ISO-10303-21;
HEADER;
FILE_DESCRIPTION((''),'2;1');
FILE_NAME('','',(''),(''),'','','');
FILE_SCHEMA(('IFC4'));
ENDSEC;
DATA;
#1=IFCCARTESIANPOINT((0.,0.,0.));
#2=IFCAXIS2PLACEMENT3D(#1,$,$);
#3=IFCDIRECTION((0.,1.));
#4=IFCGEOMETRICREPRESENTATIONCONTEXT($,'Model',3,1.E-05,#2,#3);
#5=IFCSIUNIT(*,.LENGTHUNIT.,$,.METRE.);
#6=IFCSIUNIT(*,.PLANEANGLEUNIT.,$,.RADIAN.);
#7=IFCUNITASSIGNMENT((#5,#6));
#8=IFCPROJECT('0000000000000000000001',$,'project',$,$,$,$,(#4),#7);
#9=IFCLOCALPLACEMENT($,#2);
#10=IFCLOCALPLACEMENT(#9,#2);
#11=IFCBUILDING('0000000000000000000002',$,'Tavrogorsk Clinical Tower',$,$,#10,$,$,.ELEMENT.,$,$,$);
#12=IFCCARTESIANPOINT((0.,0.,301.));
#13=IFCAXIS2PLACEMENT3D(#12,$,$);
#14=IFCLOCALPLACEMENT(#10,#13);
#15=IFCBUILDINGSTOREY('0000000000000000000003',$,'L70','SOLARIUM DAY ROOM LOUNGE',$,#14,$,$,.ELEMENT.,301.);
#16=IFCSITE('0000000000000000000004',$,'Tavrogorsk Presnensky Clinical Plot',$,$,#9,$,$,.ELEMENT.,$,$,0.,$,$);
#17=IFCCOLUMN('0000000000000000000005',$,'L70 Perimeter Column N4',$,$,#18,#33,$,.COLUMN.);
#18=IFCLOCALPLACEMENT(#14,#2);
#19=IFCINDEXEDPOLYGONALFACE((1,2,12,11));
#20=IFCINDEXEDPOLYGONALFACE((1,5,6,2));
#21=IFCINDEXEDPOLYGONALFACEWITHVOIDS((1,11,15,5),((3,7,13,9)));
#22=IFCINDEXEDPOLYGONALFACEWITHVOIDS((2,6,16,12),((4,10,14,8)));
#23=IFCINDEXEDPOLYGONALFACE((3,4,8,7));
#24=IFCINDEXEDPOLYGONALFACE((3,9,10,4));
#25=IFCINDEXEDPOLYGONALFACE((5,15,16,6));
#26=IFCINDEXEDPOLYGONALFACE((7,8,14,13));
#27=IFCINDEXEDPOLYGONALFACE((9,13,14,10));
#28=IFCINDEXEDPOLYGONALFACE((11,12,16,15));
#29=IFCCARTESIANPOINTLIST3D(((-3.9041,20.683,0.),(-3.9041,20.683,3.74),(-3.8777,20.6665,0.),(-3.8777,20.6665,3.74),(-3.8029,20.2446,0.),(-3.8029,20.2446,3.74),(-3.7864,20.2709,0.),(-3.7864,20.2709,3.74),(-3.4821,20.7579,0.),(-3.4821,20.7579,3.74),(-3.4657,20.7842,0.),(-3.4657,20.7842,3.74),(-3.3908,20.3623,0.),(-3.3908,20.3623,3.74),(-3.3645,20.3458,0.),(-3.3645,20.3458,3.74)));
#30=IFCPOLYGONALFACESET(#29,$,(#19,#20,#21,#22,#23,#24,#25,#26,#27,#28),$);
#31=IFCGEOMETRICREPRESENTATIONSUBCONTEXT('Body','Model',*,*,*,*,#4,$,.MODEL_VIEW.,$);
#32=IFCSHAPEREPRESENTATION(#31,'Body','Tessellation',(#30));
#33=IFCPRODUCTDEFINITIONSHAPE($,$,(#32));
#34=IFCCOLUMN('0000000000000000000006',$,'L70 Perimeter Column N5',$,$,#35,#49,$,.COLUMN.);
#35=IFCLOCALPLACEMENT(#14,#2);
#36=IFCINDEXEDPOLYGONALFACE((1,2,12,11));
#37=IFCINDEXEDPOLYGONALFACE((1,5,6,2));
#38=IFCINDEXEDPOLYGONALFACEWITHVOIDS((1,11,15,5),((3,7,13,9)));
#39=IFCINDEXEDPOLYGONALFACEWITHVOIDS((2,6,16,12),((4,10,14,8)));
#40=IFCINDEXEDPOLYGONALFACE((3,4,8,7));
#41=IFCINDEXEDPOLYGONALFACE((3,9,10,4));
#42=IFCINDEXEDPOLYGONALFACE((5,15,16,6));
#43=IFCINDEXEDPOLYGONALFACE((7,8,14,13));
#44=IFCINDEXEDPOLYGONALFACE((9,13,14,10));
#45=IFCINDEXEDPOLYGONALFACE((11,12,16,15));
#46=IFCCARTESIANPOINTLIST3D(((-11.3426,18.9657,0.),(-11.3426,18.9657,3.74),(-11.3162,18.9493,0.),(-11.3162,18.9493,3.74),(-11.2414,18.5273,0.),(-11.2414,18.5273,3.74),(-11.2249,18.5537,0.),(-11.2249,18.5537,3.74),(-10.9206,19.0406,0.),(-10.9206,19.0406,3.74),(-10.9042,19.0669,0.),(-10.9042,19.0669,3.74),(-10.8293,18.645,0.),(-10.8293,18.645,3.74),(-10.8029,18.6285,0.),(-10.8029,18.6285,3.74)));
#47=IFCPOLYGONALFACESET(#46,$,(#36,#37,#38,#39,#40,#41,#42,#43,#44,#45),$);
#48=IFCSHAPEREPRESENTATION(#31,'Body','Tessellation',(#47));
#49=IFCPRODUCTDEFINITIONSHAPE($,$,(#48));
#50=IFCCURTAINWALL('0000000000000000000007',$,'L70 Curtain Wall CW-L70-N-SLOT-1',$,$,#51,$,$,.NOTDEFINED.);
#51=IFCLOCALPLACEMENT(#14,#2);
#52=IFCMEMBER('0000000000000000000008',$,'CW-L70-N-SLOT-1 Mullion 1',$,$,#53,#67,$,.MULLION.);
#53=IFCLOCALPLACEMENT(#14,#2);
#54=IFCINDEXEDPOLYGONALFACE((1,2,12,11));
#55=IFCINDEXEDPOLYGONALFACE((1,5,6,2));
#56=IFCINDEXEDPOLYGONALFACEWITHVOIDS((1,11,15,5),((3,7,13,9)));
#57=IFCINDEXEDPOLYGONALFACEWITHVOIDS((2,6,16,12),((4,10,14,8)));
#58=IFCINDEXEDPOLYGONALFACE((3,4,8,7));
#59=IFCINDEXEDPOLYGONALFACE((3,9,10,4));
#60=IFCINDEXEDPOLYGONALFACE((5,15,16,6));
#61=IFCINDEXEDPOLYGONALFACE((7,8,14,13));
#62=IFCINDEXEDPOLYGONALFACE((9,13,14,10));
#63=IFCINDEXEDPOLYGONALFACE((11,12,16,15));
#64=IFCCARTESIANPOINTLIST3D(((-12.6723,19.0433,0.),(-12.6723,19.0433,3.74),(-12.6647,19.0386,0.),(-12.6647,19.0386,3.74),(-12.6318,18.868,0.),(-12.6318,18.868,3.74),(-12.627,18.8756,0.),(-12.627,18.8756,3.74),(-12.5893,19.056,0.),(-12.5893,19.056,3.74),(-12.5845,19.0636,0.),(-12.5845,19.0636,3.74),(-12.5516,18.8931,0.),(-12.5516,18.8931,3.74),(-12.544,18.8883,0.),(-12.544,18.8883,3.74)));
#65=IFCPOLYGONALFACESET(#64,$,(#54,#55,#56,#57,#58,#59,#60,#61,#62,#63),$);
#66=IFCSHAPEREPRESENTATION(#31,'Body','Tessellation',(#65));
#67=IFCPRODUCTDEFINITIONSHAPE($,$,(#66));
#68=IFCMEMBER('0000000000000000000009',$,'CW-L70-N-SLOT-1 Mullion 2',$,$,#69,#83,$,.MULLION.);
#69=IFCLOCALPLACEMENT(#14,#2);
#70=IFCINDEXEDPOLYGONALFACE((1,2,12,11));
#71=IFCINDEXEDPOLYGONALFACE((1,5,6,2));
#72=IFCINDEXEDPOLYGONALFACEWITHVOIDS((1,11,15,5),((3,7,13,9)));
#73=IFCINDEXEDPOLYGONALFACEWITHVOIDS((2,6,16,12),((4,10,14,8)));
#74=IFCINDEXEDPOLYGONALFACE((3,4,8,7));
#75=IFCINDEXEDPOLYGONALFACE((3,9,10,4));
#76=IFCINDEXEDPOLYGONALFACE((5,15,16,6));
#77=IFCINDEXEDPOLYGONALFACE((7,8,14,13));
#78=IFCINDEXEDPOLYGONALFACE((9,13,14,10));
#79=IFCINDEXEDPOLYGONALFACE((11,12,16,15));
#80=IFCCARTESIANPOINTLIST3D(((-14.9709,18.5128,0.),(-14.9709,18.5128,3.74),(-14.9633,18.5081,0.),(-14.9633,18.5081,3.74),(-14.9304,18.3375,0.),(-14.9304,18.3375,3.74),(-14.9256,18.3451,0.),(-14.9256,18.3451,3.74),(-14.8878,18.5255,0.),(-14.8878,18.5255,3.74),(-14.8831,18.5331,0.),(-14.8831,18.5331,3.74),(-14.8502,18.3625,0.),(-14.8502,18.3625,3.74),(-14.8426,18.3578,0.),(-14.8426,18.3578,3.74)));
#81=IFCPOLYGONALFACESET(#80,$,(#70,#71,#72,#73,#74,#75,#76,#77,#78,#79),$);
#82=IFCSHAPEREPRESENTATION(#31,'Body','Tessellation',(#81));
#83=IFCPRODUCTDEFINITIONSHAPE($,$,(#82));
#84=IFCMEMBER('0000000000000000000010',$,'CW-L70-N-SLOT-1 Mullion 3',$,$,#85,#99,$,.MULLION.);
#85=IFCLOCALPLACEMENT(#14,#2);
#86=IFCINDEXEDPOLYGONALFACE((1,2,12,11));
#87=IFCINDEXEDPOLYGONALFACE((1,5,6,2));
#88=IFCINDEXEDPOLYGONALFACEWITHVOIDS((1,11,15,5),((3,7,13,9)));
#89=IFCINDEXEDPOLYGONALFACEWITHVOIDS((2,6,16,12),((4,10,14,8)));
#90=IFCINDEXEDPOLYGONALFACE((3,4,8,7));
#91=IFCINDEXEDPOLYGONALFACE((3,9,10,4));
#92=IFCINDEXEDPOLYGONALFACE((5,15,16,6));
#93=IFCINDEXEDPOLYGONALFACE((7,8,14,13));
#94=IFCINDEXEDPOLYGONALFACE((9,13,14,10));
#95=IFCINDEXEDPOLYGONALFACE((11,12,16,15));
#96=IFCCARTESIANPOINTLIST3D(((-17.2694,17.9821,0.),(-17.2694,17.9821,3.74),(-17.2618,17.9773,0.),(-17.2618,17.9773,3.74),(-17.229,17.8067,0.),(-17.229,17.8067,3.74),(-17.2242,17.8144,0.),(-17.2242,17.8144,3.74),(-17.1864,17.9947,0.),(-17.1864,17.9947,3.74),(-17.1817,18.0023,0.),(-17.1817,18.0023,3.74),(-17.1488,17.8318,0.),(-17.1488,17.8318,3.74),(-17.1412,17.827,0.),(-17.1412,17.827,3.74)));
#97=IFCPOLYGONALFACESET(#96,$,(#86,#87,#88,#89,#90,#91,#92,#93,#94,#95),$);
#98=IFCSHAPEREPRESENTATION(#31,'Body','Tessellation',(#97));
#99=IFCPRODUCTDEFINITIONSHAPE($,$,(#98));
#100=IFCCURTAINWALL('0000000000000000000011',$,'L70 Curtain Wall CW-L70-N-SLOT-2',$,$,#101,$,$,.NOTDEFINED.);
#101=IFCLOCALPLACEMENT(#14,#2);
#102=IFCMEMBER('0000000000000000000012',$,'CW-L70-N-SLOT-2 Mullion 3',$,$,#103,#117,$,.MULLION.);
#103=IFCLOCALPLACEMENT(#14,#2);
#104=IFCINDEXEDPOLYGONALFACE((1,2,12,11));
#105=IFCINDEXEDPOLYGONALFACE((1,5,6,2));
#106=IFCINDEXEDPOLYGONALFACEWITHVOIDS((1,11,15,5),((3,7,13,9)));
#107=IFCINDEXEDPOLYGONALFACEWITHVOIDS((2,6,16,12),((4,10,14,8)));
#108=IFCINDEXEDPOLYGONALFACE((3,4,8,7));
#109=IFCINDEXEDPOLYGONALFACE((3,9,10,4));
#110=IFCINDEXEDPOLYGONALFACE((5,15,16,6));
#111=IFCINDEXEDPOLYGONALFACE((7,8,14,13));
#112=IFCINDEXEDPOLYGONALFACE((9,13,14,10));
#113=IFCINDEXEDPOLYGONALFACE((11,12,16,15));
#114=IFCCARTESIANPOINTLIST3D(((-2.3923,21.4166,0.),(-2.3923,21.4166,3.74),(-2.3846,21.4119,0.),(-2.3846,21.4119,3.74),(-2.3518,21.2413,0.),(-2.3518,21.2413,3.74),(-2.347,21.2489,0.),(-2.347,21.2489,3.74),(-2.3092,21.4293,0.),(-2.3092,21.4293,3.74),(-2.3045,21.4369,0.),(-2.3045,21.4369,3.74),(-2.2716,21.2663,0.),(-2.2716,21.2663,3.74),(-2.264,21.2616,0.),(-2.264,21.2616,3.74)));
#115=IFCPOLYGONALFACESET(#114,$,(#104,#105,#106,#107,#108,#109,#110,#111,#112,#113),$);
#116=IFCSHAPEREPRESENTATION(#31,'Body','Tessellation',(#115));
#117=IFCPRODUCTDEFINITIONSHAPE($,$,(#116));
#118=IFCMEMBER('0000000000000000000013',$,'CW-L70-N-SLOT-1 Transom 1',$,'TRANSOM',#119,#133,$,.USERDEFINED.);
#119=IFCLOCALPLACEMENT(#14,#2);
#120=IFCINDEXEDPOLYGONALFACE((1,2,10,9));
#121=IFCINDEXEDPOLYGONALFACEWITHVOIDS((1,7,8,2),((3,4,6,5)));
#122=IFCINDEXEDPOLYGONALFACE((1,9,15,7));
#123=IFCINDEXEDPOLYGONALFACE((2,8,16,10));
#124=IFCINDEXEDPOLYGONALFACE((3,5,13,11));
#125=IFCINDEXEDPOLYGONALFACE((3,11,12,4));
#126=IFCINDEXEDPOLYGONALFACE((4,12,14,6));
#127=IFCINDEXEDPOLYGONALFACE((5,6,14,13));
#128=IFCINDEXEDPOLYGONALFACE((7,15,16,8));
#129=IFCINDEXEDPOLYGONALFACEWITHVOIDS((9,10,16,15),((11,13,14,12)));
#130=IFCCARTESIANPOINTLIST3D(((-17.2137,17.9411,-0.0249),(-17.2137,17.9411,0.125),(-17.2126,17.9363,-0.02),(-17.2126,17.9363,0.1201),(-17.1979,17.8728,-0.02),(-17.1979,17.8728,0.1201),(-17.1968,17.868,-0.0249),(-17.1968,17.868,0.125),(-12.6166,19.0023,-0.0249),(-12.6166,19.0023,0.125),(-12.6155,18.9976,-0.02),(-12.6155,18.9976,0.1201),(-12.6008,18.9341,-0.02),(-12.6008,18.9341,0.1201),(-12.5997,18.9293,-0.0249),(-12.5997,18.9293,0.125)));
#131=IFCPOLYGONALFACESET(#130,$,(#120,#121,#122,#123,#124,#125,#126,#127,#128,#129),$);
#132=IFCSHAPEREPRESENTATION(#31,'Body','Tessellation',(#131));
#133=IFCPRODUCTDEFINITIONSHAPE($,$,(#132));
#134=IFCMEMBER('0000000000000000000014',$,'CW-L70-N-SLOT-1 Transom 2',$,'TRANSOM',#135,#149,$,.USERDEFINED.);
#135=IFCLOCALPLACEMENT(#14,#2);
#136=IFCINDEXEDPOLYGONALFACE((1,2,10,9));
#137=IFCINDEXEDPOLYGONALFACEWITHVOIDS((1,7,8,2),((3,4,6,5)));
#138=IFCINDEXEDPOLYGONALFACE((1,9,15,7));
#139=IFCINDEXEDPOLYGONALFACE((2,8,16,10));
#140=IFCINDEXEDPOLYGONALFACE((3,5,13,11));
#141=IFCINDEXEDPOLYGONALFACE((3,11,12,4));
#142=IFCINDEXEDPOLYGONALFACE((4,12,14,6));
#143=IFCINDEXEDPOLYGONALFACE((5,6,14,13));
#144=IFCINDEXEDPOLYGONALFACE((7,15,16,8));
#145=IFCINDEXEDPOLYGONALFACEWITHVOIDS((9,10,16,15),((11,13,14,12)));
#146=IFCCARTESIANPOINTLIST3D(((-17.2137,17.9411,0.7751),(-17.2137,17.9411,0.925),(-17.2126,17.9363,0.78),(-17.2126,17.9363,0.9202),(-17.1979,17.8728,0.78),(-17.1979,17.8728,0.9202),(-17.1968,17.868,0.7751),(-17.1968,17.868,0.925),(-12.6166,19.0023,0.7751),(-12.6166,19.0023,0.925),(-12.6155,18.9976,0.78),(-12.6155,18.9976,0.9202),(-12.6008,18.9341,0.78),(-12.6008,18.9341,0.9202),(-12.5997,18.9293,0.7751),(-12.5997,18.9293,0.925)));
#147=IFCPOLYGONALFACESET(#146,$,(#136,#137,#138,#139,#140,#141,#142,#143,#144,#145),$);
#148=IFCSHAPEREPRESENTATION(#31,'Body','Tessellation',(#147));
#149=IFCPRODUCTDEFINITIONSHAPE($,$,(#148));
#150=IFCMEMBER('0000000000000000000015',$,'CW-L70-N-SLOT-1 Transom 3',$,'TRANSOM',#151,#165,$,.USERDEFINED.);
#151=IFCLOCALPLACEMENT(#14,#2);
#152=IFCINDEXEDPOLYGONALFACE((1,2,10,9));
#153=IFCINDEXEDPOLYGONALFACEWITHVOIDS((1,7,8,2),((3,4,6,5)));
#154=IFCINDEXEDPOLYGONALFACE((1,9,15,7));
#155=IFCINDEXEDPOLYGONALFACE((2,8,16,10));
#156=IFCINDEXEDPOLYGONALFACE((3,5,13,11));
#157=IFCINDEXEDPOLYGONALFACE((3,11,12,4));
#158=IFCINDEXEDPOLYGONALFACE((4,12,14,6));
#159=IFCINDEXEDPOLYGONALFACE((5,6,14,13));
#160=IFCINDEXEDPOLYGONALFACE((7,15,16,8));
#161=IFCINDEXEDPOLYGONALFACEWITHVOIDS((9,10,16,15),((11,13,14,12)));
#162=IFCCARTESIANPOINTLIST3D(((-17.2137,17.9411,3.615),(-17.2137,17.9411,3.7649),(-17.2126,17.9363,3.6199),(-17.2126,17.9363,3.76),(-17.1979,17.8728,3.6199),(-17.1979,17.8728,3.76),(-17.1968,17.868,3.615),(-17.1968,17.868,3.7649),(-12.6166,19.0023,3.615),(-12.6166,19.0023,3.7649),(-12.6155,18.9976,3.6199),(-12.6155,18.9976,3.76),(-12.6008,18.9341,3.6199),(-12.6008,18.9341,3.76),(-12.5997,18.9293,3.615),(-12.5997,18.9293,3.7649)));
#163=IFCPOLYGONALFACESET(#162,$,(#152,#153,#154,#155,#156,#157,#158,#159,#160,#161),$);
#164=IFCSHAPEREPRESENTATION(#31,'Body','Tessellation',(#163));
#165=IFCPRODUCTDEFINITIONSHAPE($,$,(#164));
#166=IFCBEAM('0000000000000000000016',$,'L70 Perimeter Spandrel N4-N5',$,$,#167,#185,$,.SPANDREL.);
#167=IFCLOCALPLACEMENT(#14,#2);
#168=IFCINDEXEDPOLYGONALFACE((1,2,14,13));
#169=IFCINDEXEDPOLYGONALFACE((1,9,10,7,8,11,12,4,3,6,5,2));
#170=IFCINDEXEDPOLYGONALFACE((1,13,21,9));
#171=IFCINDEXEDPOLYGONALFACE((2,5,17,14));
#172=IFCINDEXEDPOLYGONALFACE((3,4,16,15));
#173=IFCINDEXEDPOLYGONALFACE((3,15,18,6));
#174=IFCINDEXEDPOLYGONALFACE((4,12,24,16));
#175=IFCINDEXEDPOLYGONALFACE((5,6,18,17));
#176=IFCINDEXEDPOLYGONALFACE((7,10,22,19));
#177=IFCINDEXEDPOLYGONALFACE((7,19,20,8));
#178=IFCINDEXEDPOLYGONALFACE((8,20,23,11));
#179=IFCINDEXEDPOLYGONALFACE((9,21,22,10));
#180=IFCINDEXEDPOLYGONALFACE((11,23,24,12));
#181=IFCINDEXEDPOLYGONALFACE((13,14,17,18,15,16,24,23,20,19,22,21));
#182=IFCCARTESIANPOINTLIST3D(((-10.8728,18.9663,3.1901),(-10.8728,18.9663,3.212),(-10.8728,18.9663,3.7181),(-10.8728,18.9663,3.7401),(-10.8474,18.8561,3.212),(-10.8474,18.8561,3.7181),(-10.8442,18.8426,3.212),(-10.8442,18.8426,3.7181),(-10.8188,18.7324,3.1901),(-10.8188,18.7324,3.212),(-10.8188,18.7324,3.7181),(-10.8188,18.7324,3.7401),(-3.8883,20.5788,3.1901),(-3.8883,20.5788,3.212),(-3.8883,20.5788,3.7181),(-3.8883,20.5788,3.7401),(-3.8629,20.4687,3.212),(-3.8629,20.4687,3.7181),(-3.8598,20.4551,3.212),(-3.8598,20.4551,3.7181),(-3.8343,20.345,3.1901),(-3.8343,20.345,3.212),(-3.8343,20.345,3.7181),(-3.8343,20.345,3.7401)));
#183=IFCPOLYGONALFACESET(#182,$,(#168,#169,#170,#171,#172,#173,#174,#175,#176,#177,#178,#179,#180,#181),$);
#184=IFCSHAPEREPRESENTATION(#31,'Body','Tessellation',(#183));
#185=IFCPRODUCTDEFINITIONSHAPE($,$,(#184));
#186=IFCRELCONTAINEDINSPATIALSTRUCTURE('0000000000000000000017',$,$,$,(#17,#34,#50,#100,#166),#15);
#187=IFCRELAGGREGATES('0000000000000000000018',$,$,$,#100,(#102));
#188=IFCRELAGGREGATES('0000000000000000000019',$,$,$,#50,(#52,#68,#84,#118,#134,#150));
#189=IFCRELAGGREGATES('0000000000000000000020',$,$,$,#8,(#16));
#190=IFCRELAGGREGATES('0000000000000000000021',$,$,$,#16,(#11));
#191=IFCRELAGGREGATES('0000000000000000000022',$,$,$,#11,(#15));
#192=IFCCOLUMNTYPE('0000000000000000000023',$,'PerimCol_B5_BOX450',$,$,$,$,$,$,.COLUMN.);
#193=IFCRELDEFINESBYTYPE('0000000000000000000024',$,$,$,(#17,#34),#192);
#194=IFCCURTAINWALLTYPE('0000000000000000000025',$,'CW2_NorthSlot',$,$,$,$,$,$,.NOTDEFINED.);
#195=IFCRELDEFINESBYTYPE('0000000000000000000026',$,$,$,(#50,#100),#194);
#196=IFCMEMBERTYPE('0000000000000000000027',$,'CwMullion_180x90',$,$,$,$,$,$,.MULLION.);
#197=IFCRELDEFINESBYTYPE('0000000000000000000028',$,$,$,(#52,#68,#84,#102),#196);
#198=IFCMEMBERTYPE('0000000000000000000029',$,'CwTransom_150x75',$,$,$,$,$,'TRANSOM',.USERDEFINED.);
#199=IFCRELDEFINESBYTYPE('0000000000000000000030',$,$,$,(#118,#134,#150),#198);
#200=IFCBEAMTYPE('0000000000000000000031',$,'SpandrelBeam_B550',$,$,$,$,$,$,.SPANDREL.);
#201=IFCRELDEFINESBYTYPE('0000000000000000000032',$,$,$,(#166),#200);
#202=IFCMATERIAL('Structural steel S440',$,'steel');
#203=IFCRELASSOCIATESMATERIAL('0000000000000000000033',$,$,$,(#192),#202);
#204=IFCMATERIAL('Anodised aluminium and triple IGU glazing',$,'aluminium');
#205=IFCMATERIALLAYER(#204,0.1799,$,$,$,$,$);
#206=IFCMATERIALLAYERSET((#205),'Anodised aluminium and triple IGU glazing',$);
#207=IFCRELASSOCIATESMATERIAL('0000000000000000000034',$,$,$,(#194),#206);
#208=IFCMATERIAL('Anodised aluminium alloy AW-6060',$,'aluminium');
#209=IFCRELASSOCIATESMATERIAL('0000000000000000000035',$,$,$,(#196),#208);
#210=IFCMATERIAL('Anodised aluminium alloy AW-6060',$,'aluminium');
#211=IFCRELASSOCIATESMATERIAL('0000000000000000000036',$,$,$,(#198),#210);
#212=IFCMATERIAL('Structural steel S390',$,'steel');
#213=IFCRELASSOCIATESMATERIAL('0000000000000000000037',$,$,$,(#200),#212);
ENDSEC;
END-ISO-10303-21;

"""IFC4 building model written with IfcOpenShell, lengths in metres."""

from ifc_helpers import new_model, si_unit, direction, frame, origin, origin_2d, place, context, subcontext, project, spatial, hollow_rectangle, i_section, extrude, material, layer, layer_set, material_profile, profile_set, type_object, element, aggregate, save


model = new_model("IFC4")

# Units and contexts
model_context = context("Model", 3, precision=1e-05, world=origin(), true_north=direction((0.0, 1.0)))
body_context = subcontext(model_context, "Body", "Model", "MODEL_VIEW")
ifc_project = project(units=[si_unit("LENGTHUNIT", "METRE"), si_unit("PLANEANGLEUNIT", "RADIAN")], contexts=[model_context])

# Site, building, storey
site_placement = place(None, origin())
site = spatial("IfcSite", under=ifc_project, at=site_placement, Name="Tavrogorsk Presnensky Clinical Plot", CompositionType="ELEMENT", RefElevation=0.0)
building_placement = place(site_placement, origin())
building = spatial("IfcBuilding", under=site, at=building_placement, Name="Tavrogorsk Clinical Tower", CompositionType="ELEMENT")
storey_placement = place(building_placement, frame((0.0, 0.0, 301.0)))
storey = spatial("IfcBuildingStorey", under=building, at=storey_placement, Name="L70", Description="SOLARIUM DAY ROOM LOUNGE", CompositionType="ELEMENT", Elevation=301.0)

# Columns
ifc_material_1 = material(Name="Structural steel S440", Category="steel")
ifc_material_profile_1 = material_profile(ifc_material_1, hollow_rectangle(XDim=0.45, YDim=0.45, WallThickness=0.022, at=origin_2d()), Name="BOX-450x450x22")
ifc_profile_set_1 = profile_set([ifc_material_profile_1], Name="Structural steel S440")
column_type = type_object("IfcColumnType", Name="PerimCol_B5_BOX450", PredefinedType="COLUMN", material=ifc_profile_set_1)
for number, where, z_axis, x_axis, name in (
    (1, (-3.6343, 20.5144, 0.0), (0.0, 0.0, 1.0), (0.97437, 0.224951, 0.0), "L70 Perimeter Column N4"),
    (2, (-11.0728, 18.7971, 0.0), (0.0, 0.0, 1.0), (0.97437, 0.224951, 0.0), "L70 Perimeter Column N5"),
):
    element("IfcColumn", number, at=place(storey_placement, frame(where, z_axis=z_axis, x_axis=x_axis)), inside=storey, type_object=column_type, Name=name, PredefinedType="COLUMN", context=body_context, shape_type="SweptSolid", body=[
        extrude(hollow_rectangle(XDim=0.45, YDim=0.45, WallThickness=0.022, at=origin_2d()), origin(), (0.0, 0.0, 1.0), 3.74),
    ])

# Curtain wall, members
ifc_material_2 = material(Name="Anodised aluminium and triple IGU glazing", Category="aluminium")
ifc_layer_1 = layer(ifc_material_2, 0.1799)
ifc_layer_set_1 = layer_set([ifc_layer_1], Name="Anodised aluminium and triple IGU glazing")
curtain_wall_type = type_object("IfcCurtainWallType", Name="CW2_NorthSlot", PredefinedType="NOTDEFINED", material=ifc_layer_set_1)
curtain_wall_1_placement = place(storey_placement, origin())
curtain_wall_1 = element("IfcCurtainWall", 3, at=curtain_wall_1_placement, inside=storey, type_object=curtain_wall_type, Name="L70 Curtain Wall CW-L70-N-SLOT-1", PredefinedType="NOTDEFINED")
ifc_material_3 = material(Name="Anodised aluminium alloy AW-6060", Category="aluminium")
ifc_material_profile_2 = material_profile(ifc_material_3, hollow_rectangle(XDim=0.0901, YDim=0.1799, WallThickness=0.0063, at=origin_2d()), Name="RHS-180x90x6.3")
ifc_profile_set_2 = profile_set([ifc_material_profile_2], Name="Anodised aluminium alloy AW-6060")
member_type_1 = type_object("IfcMemberType", Name="CwMullion_180x90", PredefinedType="MULLION", material=ifc_profile_set_2)
member_1_placement = place(storey_placement, frame((-12.6082, 18.9658, 0.0), z_axis=(0.0, 0.0, 1.0), x_axis=(-0.97437, -0.224951, 0.0)))
member_1 = element("IfcMember", 4, at=member_1_placement, type_object=member_type_1, Name="CW-L70-N-SLOT-1 Mullion 1", PredefinedType="MULLION", context=body_context, shape_type="SweptSolid", body=[
    extrude(hollow_rectangle(XDim=0.0901, YDim=0.1799, WallThickness=0.0063, at=origin_2d()), origin(), (0.0, 0.0, 1.0), 3.74),
])
member_2_placement = place(storey_placement, frame((-14.9067, 18.4353, 0.0), z_axis=(0.0, 0.0, 1.0), x_axis=(-0.97437, -0.224951, 0.0)))
member_2 = element("IfcMember", 5, at=member_2_placement, type_object=member_type_1, Name="CW-L70-N-SLOT-1 Mullion 2", PredefinedType="MULLION", context=body_context, shape_type="SweptSolid", body=[
    extrude(hollow_rectangle(XDim=0.0901, YDim=0.1799, WallThickness=0.0063, at=origin_2d()), origin(), (0.0, 0.0, 1.0), 3.74),
])
member_3_placement = place(storey_placement, frame((-17.2053, 17.9045, 0.0), z_axis=(0.0, 0.0, 1.0), x_axis=(-0.97437, -0.224951, 0.0)))
member_3 = element("IfcMember", 6, at=member_3_placement, type_object=member_type_1, Name="CW-L70-N-SLOT-1 Mullion 3", PredefinedType="MULLION", context=body_context, shape_type="SweptSolid", body=[
    extrude(hollow_rectangle(XDim=0.0901, YDim=0.1799, WallThickness=0.0063, at=origin_2d()), origin(), (0.0, 0.0, 1.0), 3.74),
])

# Curtain wall, member
curtain_wall_2_placement = place(storey_placement, origin())
curtain_wall_2 = element("IfcCurtainWall", 7, at=curtain_wall_2_placement, inside=storey, type_object=curtain_wall_type, Name="L70 Curtain Wall CW-L70-N-SLOT-2", PredefinedType="NOTDEFINED")
member_4_placement = place(storey_placement, frame((-2.3281, 21.3391, 0.0), z_axis=(0.0, 0.0, 1.0), x_axis=(-0.97437, -0.224951, 0.0)))
member_4 = element("IfcMember", 8, at=member_4_placement, type_object=member_type_1, Name="CW-L70-N-SLOT-2 Mullion 3", PredefinedType="MULLION", context=body_context, shape_type="SweptSolid", body=[
    extrude(hollow_rectangle(XDim=0.0901, YDim=0.1799, WallThickness=0.0063, at=origin_2d()), origin(), (0.0, 0.0, 1.0), 3.74),
])
aggregate(curtain_wall_2, [member_4])

# Members
ifc_material_4 = material(Name="Anodised aluminium alloy AW-6060", Category="aluminium")
ifc_material_profile_3 = material_profile(ifc_material_4, hollow_rectangle(XDim=0.075, YDim=0.1499, WallThickness=0.0049, at=origin_2d()), Name="RHS-150x75x5")
ifc_profile_set_3 = profile_set([ifc_material_profile_3], Name="Anodised aluminium alloy AW-6060")
member_type_2 = type_object("IfcMemberType", Name="CwTransom_150x75", ElementType="TRANSOM", PredefinedType="USERDEFINED", material=ifc_profile_set_3)
member_5_placement = place(storey_placement, frame((-12.6082, 18.9658, 0.05), z_axis=(-0.974373, -0.224939, 0.0), x_axis=(0.224939, -0.974373, 0.0)))
member_5 = element("IfcMember", 9, at=member_5_placement, type_object=member_type_2, Name="CW-L70-N-SLOT-1 Transom 1", ObjectType="TRANSOM", PredefinedType="USERDEFINED", context=body_context, shape_type="SweptSolid", body=[
    extrude(hollow_rectangle(XDim=0.075, YDim=0.1499, WallThickness=0.0049, at=origin_2d()), origin(), (0.0, 0.0, 1.0), 4.718),
])
member_6_placement = place(storey_placement, frame((-12.6082, 18.9658, 0.8501), z_axis=(-0.974373, -0.224939, 0.0), x_axis=(0.224939, -0.974373, 0.0)))
member_6 = element("IfcMember", 10, at=member_6_placement, type_object=member_type_2, Name="CW-L70-N-SLOT-1 Transom 2", ObjectType="TRANSOM", PredefinedType="USERDEFINED", context=body_context, shape_type="SweptSolid", body=[
    extrude(hollow_rectangle(XDim=0.075, YDim=0.1499, WallThickness=0.0049, at=origin_2d()), origin(), (0.0, 0.0, 1.0), 4.718),
])
member_7_placement = place(storey_placement, frame((-12.6082, 18.9658, 3.6899), z_axis=(-0.974373, -0.224939, 0.0), x_axis=(0.224939, -0.974373, 0.0)))
member_7 = element("IfcMember", 11, at=member_7_placement, type_object=member_type_2, Name="CW-L70-N-SLOT-1 Transom 3", ObjectType="TRANSOM", PredefinedType="USERDEFINED", context=body_context, shape_type="SweptSolid", body=[
    extrude(hollow_rectangle(XDim=0.075, YDim=0.1499, WallThickness=0.0049, at=origin_2d()), origin(), (0.0, 0.0, 1.0), 4.718),
])

# Beam
ifc_material_5 = material(Name="Structural steel S390", Category="steel")
ifc_material_profile_4 = material_profile(ifc_material_5, i_section(OverallWidth=0.24, OverallDepth=0.55, WebThickness=0.0139, FlangeThickness=0.022, at=origin_2d()), Name="B-550x240x14x22")
ifc_profile_set_4 = profile_set([ifc_material_profile_4], Name="Structural steel S390")
beam_type = type_object("IfcBeamType", Name="SpandrelBeam_B550", PredefinedType="SPANDREL", material=ifc_profile_set_4)
for number, where, z_axis, x_axis, name in (
    (12, (-3.8613, 20.4619, 3.4651), (-0.974368, -0.224961, 0.0), (0.224961, -0.974368, 0.0), "L70 Perimeter Spandrel N4-N5"),
):
    element("IfcBeam", number, at=place(storey_placement, frame(where, z_axis=z_axis, x_axis=x_axis)), inside=storey, type_object=beam_type, Name=name, PredefinedType="SPANDREL", context=body_context, shape_type="SweptSolid", body=[
        extrude(i_section(OverallWidth=0.24, OverallDepth=0.55, WebThickness=0.0139, FlangeThickness=0.022, at=origin_2d()), origin(), (0.0, 0.0, 1.0), 7.1682),
    ])

aggregate(curtain_wall_1, [member_1, member_2, member_3, member_5, member_6, member_7])

save(model, "model.ifc")
